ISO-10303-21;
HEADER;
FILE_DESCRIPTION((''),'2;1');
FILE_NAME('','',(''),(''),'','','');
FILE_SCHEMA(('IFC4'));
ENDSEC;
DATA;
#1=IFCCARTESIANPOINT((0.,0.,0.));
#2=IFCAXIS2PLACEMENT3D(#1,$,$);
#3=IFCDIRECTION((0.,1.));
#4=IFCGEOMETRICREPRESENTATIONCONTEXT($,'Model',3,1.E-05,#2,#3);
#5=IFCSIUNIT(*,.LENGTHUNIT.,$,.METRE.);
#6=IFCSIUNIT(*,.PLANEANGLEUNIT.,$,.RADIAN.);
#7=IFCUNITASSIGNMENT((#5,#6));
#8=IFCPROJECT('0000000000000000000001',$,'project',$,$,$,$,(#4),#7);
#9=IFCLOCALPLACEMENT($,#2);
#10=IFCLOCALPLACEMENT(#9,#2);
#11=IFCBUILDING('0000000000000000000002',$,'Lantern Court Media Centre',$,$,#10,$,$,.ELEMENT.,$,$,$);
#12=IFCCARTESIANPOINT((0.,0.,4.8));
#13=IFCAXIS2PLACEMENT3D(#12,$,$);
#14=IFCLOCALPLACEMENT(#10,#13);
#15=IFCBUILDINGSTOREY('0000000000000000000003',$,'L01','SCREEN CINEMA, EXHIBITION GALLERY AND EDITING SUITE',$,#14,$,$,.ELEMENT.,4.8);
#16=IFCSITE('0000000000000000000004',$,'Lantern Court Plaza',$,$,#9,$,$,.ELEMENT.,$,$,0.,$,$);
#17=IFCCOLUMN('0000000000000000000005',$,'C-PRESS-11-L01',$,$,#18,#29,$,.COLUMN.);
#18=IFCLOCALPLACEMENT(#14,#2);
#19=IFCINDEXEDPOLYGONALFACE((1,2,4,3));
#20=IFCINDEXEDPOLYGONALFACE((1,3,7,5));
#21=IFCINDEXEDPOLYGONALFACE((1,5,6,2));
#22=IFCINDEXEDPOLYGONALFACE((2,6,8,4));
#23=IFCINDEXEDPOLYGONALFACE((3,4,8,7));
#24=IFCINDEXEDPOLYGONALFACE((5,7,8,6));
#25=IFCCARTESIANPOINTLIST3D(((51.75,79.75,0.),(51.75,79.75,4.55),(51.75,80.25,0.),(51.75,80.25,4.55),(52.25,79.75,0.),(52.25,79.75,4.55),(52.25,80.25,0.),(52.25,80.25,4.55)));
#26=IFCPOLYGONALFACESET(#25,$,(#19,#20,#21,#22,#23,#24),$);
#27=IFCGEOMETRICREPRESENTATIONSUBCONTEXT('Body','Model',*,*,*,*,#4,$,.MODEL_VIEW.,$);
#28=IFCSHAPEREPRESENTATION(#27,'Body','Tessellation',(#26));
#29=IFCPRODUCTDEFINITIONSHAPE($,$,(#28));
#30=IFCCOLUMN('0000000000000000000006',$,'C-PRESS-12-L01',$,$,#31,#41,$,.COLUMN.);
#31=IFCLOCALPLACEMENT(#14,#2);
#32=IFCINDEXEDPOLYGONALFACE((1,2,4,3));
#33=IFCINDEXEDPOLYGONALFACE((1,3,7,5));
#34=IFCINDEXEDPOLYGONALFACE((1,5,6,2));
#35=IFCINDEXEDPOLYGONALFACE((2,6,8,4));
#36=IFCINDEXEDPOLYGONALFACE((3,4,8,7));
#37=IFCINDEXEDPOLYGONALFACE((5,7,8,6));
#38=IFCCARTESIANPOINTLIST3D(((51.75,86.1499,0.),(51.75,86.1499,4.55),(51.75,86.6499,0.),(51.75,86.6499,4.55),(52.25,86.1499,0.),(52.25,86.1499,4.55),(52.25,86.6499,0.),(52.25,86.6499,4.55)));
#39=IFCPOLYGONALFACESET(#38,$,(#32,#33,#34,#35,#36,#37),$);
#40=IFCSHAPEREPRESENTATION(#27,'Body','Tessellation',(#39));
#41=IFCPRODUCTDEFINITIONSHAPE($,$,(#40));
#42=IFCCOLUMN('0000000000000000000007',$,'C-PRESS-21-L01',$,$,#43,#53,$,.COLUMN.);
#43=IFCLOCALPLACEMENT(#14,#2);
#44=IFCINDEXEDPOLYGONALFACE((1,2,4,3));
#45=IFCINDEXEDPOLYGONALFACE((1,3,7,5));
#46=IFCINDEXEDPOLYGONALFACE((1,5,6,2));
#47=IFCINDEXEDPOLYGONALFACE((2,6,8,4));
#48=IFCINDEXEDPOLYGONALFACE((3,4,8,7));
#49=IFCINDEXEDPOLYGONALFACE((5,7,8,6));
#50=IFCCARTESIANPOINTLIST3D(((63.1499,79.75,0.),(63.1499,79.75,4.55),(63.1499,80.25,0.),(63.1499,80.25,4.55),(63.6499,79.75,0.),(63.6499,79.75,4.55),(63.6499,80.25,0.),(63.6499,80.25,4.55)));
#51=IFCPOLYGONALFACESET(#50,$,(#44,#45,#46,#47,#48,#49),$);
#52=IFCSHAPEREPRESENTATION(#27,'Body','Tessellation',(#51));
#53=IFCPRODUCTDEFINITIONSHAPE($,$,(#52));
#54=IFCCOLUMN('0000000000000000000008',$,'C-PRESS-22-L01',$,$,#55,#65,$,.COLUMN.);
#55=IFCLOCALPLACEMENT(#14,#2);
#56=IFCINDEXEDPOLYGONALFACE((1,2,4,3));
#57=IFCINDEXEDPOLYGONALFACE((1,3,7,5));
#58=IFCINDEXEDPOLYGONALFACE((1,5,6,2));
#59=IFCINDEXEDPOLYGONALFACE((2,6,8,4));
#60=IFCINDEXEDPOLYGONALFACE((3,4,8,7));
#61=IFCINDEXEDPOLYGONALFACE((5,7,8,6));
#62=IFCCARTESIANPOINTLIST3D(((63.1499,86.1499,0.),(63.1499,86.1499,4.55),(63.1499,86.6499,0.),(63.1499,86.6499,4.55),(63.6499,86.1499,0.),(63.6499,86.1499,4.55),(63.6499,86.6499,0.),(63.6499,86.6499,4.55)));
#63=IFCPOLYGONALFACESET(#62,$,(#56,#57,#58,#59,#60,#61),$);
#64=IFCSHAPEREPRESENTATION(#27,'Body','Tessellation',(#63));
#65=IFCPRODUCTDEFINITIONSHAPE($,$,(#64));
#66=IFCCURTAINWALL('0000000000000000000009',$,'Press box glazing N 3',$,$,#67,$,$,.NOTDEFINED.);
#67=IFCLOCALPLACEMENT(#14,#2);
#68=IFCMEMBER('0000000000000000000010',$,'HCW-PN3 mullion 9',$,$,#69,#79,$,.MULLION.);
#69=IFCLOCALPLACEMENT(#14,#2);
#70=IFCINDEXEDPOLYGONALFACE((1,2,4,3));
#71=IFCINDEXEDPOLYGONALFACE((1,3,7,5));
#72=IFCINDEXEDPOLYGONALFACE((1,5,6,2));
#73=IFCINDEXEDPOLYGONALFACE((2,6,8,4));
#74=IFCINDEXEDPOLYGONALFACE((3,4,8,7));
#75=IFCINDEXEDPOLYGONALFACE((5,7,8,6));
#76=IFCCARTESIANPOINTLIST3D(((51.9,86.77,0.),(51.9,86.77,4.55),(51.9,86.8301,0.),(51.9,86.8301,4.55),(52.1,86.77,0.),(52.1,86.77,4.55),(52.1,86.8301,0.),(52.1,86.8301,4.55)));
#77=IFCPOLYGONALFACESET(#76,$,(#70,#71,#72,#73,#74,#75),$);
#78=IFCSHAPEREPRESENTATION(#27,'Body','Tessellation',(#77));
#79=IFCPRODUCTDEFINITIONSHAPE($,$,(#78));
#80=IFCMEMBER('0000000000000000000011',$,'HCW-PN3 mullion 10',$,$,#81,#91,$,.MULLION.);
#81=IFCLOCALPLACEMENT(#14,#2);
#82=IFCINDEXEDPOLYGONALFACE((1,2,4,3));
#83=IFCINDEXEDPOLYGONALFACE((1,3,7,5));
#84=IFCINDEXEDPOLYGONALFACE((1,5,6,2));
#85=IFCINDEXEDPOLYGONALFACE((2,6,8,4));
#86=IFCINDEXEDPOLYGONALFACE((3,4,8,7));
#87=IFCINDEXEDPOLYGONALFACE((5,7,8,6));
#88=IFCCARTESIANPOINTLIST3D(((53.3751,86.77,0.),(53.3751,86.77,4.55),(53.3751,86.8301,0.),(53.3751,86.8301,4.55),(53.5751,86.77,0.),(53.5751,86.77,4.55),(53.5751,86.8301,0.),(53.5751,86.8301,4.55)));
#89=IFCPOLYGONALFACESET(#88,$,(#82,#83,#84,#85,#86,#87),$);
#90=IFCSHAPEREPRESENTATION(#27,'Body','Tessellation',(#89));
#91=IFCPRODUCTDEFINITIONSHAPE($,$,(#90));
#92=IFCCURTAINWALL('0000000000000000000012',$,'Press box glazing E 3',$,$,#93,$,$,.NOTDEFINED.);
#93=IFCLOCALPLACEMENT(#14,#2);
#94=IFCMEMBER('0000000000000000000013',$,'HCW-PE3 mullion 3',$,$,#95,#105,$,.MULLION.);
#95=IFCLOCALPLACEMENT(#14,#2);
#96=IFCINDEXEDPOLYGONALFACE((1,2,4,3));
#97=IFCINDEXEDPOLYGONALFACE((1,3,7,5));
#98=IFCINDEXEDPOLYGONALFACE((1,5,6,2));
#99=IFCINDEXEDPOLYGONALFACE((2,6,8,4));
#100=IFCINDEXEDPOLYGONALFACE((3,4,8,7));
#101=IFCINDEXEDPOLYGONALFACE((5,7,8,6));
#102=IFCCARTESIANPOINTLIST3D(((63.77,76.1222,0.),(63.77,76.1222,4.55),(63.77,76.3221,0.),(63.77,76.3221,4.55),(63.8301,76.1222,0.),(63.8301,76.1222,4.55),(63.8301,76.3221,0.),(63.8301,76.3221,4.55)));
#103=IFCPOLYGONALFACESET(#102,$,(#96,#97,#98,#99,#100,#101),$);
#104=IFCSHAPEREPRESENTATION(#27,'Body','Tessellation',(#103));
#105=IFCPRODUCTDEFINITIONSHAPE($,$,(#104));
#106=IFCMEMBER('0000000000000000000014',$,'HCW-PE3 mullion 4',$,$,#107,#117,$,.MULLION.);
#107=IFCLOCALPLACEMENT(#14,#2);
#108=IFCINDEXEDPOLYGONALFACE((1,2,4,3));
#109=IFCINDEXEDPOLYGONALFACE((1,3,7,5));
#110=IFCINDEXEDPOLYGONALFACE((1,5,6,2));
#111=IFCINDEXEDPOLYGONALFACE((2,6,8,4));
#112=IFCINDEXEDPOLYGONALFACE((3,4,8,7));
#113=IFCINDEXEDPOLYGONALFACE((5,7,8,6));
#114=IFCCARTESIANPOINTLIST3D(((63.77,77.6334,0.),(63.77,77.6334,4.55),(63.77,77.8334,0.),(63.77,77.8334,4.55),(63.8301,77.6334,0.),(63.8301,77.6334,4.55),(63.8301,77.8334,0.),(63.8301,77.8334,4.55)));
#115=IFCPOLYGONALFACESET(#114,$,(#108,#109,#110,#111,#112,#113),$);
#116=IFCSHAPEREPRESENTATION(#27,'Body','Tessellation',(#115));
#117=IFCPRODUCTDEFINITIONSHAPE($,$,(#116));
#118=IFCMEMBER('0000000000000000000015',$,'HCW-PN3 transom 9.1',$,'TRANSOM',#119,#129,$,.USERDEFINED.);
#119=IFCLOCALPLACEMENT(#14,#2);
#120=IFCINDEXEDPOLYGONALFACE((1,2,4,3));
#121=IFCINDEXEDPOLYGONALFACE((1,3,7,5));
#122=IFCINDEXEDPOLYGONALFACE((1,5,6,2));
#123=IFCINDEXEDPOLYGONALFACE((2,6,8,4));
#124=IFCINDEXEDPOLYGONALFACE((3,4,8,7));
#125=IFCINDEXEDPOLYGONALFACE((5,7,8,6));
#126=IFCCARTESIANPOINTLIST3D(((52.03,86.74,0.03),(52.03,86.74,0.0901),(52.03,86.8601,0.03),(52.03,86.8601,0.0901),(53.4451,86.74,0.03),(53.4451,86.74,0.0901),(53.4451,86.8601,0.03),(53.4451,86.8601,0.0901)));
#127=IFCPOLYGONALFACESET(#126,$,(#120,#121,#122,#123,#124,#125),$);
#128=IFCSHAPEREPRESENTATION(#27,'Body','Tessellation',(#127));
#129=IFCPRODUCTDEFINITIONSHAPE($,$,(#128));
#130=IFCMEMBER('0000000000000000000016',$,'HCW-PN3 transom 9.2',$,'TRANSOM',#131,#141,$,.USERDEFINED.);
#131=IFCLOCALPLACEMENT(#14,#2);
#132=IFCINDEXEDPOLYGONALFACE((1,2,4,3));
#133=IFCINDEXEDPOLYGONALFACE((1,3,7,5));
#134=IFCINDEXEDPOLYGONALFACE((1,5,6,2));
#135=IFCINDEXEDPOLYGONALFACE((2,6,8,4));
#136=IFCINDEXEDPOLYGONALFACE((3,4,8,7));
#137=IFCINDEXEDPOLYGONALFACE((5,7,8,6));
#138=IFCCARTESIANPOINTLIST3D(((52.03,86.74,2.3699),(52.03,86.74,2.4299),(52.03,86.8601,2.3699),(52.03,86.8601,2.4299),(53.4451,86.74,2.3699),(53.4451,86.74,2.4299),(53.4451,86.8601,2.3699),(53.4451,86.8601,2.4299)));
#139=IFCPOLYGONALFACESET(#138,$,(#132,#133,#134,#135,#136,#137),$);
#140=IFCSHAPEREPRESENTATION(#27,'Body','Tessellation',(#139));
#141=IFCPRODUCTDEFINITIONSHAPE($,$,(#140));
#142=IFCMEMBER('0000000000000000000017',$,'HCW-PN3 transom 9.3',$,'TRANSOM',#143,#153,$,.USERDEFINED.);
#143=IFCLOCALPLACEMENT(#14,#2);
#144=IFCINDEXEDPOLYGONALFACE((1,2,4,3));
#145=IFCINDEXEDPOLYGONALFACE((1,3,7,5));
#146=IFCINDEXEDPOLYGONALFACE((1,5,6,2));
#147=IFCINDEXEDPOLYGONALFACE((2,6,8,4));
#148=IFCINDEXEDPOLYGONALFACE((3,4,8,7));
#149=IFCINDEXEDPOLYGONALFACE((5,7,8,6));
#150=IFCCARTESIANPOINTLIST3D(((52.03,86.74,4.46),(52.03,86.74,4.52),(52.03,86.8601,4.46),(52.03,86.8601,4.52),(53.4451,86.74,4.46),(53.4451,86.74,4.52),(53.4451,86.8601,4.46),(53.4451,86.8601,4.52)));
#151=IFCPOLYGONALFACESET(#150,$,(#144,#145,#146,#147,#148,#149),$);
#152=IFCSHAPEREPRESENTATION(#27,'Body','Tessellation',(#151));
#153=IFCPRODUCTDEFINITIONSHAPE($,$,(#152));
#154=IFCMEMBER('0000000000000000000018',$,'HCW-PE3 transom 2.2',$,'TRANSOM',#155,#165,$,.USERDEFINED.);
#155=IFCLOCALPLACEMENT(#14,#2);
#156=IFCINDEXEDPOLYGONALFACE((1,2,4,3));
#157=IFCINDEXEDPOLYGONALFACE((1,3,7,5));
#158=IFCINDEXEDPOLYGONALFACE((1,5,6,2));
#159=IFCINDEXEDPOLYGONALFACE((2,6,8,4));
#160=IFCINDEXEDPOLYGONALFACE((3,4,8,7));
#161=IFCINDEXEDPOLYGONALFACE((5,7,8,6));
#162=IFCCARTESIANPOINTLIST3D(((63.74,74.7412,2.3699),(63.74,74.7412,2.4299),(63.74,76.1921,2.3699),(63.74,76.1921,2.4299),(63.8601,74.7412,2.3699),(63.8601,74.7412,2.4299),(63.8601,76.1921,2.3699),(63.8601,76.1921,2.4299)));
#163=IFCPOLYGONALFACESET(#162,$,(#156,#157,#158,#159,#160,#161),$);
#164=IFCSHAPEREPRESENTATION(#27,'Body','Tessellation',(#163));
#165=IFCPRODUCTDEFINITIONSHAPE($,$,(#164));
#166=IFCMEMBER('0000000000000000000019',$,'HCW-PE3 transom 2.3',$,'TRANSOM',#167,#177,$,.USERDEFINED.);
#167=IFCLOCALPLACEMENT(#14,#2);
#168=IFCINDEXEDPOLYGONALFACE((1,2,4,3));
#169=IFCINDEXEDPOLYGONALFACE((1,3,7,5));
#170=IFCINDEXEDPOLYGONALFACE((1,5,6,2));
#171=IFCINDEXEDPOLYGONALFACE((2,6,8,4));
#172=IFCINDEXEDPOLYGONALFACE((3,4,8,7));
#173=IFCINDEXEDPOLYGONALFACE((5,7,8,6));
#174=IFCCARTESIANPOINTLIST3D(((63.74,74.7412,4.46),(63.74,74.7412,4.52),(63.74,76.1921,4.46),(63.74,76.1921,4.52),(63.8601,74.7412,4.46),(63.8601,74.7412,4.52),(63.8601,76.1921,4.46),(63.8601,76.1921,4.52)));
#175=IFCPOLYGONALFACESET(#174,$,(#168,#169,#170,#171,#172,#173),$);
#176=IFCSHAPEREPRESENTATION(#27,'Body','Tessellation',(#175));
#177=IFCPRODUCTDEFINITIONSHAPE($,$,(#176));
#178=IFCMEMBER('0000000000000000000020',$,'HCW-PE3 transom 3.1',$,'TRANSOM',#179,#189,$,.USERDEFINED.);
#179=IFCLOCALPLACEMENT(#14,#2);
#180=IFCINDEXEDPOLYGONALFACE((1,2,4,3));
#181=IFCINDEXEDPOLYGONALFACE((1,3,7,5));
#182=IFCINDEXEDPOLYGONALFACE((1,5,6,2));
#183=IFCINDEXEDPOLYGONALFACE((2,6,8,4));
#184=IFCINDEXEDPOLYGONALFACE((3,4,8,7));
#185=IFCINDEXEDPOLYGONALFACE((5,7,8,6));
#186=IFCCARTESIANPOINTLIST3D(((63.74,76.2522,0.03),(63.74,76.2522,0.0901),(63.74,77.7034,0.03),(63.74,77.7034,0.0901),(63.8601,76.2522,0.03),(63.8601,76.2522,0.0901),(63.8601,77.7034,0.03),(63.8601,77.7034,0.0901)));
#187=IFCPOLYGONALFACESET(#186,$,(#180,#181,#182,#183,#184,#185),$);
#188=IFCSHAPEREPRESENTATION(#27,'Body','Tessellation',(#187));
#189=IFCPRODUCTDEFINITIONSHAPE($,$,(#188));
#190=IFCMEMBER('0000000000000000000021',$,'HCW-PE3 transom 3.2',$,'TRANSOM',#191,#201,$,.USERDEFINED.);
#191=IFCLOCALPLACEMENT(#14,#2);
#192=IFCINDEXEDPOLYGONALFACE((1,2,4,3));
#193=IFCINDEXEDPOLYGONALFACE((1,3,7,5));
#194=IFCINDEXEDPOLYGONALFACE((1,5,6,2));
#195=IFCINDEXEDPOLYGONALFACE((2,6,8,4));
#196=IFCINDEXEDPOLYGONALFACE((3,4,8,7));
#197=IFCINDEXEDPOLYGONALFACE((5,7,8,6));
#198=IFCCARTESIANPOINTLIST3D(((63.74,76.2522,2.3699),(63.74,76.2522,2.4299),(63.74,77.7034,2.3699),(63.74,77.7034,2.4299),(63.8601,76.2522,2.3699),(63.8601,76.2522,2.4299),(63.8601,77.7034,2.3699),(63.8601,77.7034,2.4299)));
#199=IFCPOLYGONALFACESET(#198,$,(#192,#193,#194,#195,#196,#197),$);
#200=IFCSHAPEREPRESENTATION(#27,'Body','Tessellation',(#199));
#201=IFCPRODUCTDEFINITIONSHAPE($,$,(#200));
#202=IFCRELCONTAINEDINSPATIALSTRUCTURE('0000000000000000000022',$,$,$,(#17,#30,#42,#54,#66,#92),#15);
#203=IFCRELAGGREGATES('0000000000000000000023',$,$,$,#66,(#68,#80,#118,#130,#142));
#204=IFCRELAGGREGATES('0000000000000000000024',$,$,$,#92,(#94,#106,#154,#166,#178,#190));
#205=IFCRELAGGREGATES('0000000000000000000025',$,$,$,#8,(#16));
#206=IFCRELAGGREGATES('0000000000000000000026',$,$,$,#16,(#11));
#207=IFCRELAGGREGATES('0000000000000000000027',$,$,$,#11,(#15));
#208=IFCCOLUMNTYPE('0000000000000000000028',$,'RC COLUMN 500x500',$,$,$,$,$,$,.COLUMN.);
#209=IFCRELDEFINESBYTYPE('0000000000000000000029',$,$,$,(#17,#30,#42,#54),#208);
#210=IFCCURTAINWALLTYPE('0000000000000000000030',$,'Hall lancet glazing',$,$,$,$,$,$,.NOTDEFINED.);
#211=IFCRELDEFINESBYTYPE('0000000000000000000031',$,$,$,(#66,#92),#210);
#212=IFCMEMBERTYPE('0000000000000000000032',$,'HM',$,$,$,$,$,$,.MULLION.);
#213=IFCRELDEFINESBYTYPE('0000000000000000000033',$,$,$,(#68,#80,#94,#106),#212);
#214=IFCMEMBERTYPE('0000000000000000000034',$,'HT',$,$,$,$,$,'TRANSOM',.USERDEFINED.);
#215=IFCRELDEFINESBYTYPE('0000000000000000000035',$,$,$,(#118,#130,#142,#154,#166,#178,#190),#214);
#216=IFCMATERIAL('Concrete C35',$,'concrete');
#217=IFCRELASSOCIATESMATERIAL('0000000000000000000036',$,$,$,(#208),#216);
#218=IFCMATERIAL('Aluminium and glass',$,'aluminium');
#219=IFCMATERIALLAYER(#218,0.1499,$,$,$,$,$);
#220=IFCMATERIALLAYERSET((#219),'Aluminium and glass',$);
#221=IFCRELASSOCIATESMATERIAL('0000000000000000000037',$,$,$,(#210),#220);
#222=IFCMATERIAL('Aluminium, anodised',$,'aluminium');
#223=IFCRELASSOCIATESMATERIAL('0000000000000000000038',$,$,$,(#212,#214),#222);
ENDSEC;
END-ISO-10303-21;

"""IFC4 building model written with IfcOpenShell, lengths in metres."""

from ifc_helpers import new_model, si_unit, direction, frame, origin, origin_2d, place, context, subcontext, project, spatial, rectangle, extrude, material, layer, layer_set, material_profile, profile_set, type_object, element, aggregate, save


model = new_model("IFC4")

# Units and contexts
model_context = context("Model", 3, precision=1e-05, world=origin(), true_north=direction((0.0, 1.0)))
body_context = subcontext(model_context, "Body", "Model", "MODEL_VIEW")
ifc_project = project(units=[si_unit("LENGTHUNIT", "METRE"), si_unit("PLANEANGLEUNIT", "RADIAN")], contexts=[model_context])

# Site, building, storey
site_placement = place(None, origin())
site = spatial("IfcSite", under=ifc_project, at=site_placement, Name="Lantern Court Plaza", CompositionType="ELEMENT", RefElevation=0.0)
building_placement = place(site_placement, origin())
building = spatial("IfcBuilding", under=site, at=building_placement, Name="Lantern Court Media Centre", CompositionType="ELEMENT")
storey_placement = place(building_placement, frame((0.0, 0.0, 4.8)))
storey = spatial("IfcBuildingStorey", under=building, at=storey_placement, Name="L01", Description="SCREEN CINEMA, EXHIBITION GALLERY AND EDITING SUITE", CompositionType="ELEMENT", Elevation=4.8)

# Columns
ifc_material_1 = material(Name="Concrete C35", Category="concrete")
ifc_material_profile_1 = material_profile(ifc_material_1, rectangle(XDim=0.5, YDim=0.5, at=origin_2d()), Name="RC 500x500")
ifc_profile_set_1 = profile_set([ifc_material_profile_1], Name="Concrete C35")
column_type = type_object("IfcColumnType", Name="RC COLUMN 500x500", PredefinedType="COLUMN", material=ifc_profile_set_1)
for number, where, z_axis, x_axis, name in (
    (1, (52.0, 80.0, 0.0), (0.0, 0.0, 1.0), (1.0, 0.0, 0.0), "C-PRESS-11-L01"),
    (2, (52.0, 86.3999, 0.0), (0.0, 0.0, 1.0), (1.0, 0.0, 0.0), "C-PRESS-12-L01"),
    (3, (63.3999, 80.0, 0.0), (0.0, 0.0, 1.0), (1.0, 0.0, 0.0), "C-PRESS-21-L01"),
    (4, (63.3999, 86.3999, 0.0), (0.0, 0.0, 1.0), (1.0, 0.0, 0.0), "C-PRESS-22-L01"),
):
    element("IfcColumn", number, at=place(storey_placement, frame(where, z_axis=z_axis, x_axis=x_axis)), inside=storey, type_object=column_type, Name=name, PredefinedType="COLUMN", context=body_context, shape_type="SweptSolid", body=[
        extrude(rectangle(XDim=0.5, YDim=0.5, at=origin_2d()), origin(), (0.0, 0.0, 1.0), 4.55),
    ])

# Curtain walls, members
ifc_material_2 = material(Name="Aluminium and glass", Category="aluminium")
ifc_layer_1 = layer(ifc_material_2, 0.1499)
ifc_layer_set_1 = layer_set([ifc_layer_1], Name="Aluminium and glass")
curtain_wall_type = type_object("IfcCurtainWallType", Name="Hall lancet glazing", PredefinedType="NOTDEFINED", material=ifc_layer_set_1)
curtain_wall_1_placement = place(storey_placement, origin())
curtain_wall_1 = element("IfcCurtainWall", 5, at=curtain_wall_1_placement, inside=storey, type_object=curtain_wall_type, Name="Press box glazing N 3", PredefinedType="NOTDEFINED")
ifc_material_3 = material(Name="Aluminium, anodised", Category="aluminium")
ifc_material_profile_2 = material_profile(ifc_material_3, rectangle(XDim=0.0601, YDim=0.2, at=origin_2d()), Name="HM")
ifc_profile_set_2 = profile_set([ifc_material_profile_2], Name="Aluminium, anodised")
member_type_1 = type_object("IfcMemberType", Name="HM", PredefinedType="MULLION", material=ifc_profile_set_2)
member_1_placement = place(storey_placement, frame((52.0, 86.8, 0.0), z_axis=(0.0, 0.0, 1.0), x_axis=(0.0, 1.0, 0.0)))
member_1 = element("IfcMember", 6, at=member_1_placement, type_object=member_type_1, Name="HCW-PN3 mullion 9", PredefinedType="MULLION", context=body_context, shape_type="SweptSolid", body=[
    extrude(rectangle(XDim=0.0601, YDim=0.2, at=origin_2d()), origin(), (0.0, 0.0, 1.0), 4.55),
])
member_2_placement = place(storey_placement, frame((53.4751, 86.8, 0.0), z_axis=(0.0, 0.0, 1.0), x_axis=(0.0, 1.0, 0.0)))
member_2 = element("IfcMember", 7, at=member_2_placement, type_object=member_type_1, Name="HCW-PN3 mullion 10", PredefinedType="MULLION", context=body_context, shape_type="SweptSolid", body=[
    extrude(rectangle(XDim=0.0601, YDim=0.2, at=origin_2d()), origin(), (0.0, 0.0, 1.0), 4.55),
])
curtain_wall_2_placement = place(storey_placement, origin())
curtain_wall_2 = element("IfcCurtainWall", 8, at=curtain_wall_2_placement, inside=storey, type_object=curtain_wall_type, Name="Press box glazing E 3", PredefinedType="NOTDEFINED")
member_3_placement = place(storey_placement, frame((63.8, 76.2222, 0.0), z_axis=(0.0, 0.0, 1.0), x_axis=(-1.0, 0.0, 0.0)))
member_3 = element("IfcMember", 9, at=member_3_placement, type_object=member_type_1, Name="HCW-PE3 mullion 3", PredefinedType="MULLION", context=body_context, shape_type="SweptSolid", body=[
    extrude(rectangle(XDim=0.0601, YDim=0.2, at=origin_2d()), origin(), (0.0, 0.0, 1.0), 4.55),
])
member_4_placement = place(storey_placement, frame((63.8, 77.7334, 0.0), z_axis=(0.0, 0.0, 1.0), x_axis=(-1.0, 0.0, 0.0)))
member_4 = element("IfcMember", 10, at=member_4_placement, type_object=member_type_1, Name="HCW-PE3 mullion 4", PredefinedType="MULLION", context=body_context, shape_type="SweptSolid", body=[
    extrude(rectangle(XDim=0.0601, YDim=0.2, at=origin_2d()), origin(), (0.0, 0.0, 1.0), 4.55),
])

# Members
ifc_material_profile_3 = material_profile(ifc_material_3, rectangle(XDim=0.1201, YDim=0.0601, at=origin_2d()), Name="HT")
ifc_profile_set_3 = profile_set([ifc_material_profile_3], Name="Aluminium, anodised")
member_type_2 = type_object("IfcMemberType", Name="HT", ElementType="TRANSOM", PredefinedType="USERDEFINED", material=ifc_profile_set_3)
member_5_placement = place(storey_placement, frame((52.03, 86.8, 0.0601), z_axis=(1.0, 0.0, 0.0), x_axis=(0.0, 1.0, 0.0)))
member_5 = element("IfcMember", 11, at=member_5_placement, type_object=member_type_2, Name="HCW-PN3 transom 9.1", ObjectType="TRANSOM", PredefinedType="USERDEFINED", context=body_context, shape_type="SweptSolid", body=[
    extrude(rectangle(XDim=0.1201, YDim=0.0601, at=origin_2d()), origin(), (0.0, 0.0, 1.0), 1.415),
])
member_6_placement = place(storey_placement, frame((52.03, 86.8, 2.3999), z_axis=(1.0, 0.0, 0.0), x_axis=(0.0, 1.0, 0.0)))
member_6 = element("IfcMember", 12, at=member_6_placement, type_object=member_type_2, Name="HCW-PN3 transom 9.2", ObjectType="TRANSOM", PredefinedType="USERDEFINED", context=body_context, shape_type="SweptSolid", body=[
    extrude(rectangle(XDim=0.1201, YDim=0.0601, at=origin_2d()), origin(), (0.0, 0.0, 1.0), 1.415),
])
member_7_placement = place(storey_placement, frame((52.03, 86.8, 4.49), z_axis=(1.0, 0.0, 0.0), x_axis=(0.0, 1.0, 0.0)))
member_7 = element("IfcMember", 13, at=member_7_placement, type_object=member_type_2, Name="HCW-PN3 transom 9.3", ObjectType="TRANSOM", PredefinedType="USERDEFINED", context=body_context, shape_type="SweptSolid", body=[
    extrude(rectangle(XDim=0.1201, YDim=0.0601, at=origin_2d()), origin(), (0.0, 0.0, 1.0), 1.415),
])
member_8_placement = place(storey_placement, frame((63.8, 74.7412, 2.3999), z_axis=(0.0, 1.0, 0.0), x_axis=(-1.0, 0.0, 0.0)))
member_8 = element("IfcMember", 14, at=member_8_placement, type_object=member_type_2, Name="HCW-PE3 transom 2.2", ObjectType="TRANSOM", PredefinedType="USERDEFINED", context=body_context, shape_type="SweptSolid", body=[
    extrude(rectangle(XDim=0.1201, YDim=0.0601, at=origin_2d()), origin(), (0.0, 0.0, 1.0), 1.4509),
])
member_9_placement = place(storey_placement, frame((63.8, 74.7412, 4.49), z_axis=(0.0, 1.0, 0.0), x_axis=(-1.0, 0.0, 0.0)))
member_9 = element("IfcMember", 15, at=member_9_placement, type_object=member_type_2, Name="HCW-PE3 transom 2.3", ObjectType="TRANSOM", PredefinedType="USERDEFINED", context=body_context, shape_type="SweptSolid", body=[
    extrude(rectangle(XDim=0.1201, YDim=0.0601, at=origin_2d()), origin(), (0.0, 0.0, 1.0), 1.4509),
])
member_10_placement = place(storey_placement, frame((63.8, 76.2522, 0.0601), z_axis=(0.0, 1.0, 0.0), x_axis=(-1.0, 0.0, 0.0)))
member_10 = element("IfcMember", 16, at=member_10_placement, type_object=member_type_2, Name="HCW-PE3 transom 3.1", ObjectType="TRANSOM", PredefinedType="USERDEFINED", context=body_context, shape_type="SweptSolid", body=[
    extrude(rectangle(XDim=0.1201, YDim=0.0601, at=origin_2d()), origin(), (0.0, 0.0, 1.0), 1.4512),
])
member_11_placement = place(storey_placement, frame((63.8, 76.2522, 2.3999), z_axis=(0.0, 1.0, 0.0), x_axis=(-1.0, 0.0, 0.0)))
member_11 = element("IfcMember", 17, at=member_11_placement, type_object=member_type_2, Name="HCW-PE3 transom 3.2", ObjectType="TRANSOM", PredefinedType="USERDEFINED", context=body_context, shape_type="SweptSolid", body=[
    extrude(rectangle(XDim=0.1201, YDim=0.0601, at=origin_2d()), origin(), (0.0, 0.0, 1.0), 1.4512),
])

aggregate(curtain_wall_1, [member_1, member_2, member_5, member_6, member_7])
aggregate(curtain_wall_2, [member_3, member_4, member_8, member_9, member_10, member_11])

save(model, "model.ifc")
